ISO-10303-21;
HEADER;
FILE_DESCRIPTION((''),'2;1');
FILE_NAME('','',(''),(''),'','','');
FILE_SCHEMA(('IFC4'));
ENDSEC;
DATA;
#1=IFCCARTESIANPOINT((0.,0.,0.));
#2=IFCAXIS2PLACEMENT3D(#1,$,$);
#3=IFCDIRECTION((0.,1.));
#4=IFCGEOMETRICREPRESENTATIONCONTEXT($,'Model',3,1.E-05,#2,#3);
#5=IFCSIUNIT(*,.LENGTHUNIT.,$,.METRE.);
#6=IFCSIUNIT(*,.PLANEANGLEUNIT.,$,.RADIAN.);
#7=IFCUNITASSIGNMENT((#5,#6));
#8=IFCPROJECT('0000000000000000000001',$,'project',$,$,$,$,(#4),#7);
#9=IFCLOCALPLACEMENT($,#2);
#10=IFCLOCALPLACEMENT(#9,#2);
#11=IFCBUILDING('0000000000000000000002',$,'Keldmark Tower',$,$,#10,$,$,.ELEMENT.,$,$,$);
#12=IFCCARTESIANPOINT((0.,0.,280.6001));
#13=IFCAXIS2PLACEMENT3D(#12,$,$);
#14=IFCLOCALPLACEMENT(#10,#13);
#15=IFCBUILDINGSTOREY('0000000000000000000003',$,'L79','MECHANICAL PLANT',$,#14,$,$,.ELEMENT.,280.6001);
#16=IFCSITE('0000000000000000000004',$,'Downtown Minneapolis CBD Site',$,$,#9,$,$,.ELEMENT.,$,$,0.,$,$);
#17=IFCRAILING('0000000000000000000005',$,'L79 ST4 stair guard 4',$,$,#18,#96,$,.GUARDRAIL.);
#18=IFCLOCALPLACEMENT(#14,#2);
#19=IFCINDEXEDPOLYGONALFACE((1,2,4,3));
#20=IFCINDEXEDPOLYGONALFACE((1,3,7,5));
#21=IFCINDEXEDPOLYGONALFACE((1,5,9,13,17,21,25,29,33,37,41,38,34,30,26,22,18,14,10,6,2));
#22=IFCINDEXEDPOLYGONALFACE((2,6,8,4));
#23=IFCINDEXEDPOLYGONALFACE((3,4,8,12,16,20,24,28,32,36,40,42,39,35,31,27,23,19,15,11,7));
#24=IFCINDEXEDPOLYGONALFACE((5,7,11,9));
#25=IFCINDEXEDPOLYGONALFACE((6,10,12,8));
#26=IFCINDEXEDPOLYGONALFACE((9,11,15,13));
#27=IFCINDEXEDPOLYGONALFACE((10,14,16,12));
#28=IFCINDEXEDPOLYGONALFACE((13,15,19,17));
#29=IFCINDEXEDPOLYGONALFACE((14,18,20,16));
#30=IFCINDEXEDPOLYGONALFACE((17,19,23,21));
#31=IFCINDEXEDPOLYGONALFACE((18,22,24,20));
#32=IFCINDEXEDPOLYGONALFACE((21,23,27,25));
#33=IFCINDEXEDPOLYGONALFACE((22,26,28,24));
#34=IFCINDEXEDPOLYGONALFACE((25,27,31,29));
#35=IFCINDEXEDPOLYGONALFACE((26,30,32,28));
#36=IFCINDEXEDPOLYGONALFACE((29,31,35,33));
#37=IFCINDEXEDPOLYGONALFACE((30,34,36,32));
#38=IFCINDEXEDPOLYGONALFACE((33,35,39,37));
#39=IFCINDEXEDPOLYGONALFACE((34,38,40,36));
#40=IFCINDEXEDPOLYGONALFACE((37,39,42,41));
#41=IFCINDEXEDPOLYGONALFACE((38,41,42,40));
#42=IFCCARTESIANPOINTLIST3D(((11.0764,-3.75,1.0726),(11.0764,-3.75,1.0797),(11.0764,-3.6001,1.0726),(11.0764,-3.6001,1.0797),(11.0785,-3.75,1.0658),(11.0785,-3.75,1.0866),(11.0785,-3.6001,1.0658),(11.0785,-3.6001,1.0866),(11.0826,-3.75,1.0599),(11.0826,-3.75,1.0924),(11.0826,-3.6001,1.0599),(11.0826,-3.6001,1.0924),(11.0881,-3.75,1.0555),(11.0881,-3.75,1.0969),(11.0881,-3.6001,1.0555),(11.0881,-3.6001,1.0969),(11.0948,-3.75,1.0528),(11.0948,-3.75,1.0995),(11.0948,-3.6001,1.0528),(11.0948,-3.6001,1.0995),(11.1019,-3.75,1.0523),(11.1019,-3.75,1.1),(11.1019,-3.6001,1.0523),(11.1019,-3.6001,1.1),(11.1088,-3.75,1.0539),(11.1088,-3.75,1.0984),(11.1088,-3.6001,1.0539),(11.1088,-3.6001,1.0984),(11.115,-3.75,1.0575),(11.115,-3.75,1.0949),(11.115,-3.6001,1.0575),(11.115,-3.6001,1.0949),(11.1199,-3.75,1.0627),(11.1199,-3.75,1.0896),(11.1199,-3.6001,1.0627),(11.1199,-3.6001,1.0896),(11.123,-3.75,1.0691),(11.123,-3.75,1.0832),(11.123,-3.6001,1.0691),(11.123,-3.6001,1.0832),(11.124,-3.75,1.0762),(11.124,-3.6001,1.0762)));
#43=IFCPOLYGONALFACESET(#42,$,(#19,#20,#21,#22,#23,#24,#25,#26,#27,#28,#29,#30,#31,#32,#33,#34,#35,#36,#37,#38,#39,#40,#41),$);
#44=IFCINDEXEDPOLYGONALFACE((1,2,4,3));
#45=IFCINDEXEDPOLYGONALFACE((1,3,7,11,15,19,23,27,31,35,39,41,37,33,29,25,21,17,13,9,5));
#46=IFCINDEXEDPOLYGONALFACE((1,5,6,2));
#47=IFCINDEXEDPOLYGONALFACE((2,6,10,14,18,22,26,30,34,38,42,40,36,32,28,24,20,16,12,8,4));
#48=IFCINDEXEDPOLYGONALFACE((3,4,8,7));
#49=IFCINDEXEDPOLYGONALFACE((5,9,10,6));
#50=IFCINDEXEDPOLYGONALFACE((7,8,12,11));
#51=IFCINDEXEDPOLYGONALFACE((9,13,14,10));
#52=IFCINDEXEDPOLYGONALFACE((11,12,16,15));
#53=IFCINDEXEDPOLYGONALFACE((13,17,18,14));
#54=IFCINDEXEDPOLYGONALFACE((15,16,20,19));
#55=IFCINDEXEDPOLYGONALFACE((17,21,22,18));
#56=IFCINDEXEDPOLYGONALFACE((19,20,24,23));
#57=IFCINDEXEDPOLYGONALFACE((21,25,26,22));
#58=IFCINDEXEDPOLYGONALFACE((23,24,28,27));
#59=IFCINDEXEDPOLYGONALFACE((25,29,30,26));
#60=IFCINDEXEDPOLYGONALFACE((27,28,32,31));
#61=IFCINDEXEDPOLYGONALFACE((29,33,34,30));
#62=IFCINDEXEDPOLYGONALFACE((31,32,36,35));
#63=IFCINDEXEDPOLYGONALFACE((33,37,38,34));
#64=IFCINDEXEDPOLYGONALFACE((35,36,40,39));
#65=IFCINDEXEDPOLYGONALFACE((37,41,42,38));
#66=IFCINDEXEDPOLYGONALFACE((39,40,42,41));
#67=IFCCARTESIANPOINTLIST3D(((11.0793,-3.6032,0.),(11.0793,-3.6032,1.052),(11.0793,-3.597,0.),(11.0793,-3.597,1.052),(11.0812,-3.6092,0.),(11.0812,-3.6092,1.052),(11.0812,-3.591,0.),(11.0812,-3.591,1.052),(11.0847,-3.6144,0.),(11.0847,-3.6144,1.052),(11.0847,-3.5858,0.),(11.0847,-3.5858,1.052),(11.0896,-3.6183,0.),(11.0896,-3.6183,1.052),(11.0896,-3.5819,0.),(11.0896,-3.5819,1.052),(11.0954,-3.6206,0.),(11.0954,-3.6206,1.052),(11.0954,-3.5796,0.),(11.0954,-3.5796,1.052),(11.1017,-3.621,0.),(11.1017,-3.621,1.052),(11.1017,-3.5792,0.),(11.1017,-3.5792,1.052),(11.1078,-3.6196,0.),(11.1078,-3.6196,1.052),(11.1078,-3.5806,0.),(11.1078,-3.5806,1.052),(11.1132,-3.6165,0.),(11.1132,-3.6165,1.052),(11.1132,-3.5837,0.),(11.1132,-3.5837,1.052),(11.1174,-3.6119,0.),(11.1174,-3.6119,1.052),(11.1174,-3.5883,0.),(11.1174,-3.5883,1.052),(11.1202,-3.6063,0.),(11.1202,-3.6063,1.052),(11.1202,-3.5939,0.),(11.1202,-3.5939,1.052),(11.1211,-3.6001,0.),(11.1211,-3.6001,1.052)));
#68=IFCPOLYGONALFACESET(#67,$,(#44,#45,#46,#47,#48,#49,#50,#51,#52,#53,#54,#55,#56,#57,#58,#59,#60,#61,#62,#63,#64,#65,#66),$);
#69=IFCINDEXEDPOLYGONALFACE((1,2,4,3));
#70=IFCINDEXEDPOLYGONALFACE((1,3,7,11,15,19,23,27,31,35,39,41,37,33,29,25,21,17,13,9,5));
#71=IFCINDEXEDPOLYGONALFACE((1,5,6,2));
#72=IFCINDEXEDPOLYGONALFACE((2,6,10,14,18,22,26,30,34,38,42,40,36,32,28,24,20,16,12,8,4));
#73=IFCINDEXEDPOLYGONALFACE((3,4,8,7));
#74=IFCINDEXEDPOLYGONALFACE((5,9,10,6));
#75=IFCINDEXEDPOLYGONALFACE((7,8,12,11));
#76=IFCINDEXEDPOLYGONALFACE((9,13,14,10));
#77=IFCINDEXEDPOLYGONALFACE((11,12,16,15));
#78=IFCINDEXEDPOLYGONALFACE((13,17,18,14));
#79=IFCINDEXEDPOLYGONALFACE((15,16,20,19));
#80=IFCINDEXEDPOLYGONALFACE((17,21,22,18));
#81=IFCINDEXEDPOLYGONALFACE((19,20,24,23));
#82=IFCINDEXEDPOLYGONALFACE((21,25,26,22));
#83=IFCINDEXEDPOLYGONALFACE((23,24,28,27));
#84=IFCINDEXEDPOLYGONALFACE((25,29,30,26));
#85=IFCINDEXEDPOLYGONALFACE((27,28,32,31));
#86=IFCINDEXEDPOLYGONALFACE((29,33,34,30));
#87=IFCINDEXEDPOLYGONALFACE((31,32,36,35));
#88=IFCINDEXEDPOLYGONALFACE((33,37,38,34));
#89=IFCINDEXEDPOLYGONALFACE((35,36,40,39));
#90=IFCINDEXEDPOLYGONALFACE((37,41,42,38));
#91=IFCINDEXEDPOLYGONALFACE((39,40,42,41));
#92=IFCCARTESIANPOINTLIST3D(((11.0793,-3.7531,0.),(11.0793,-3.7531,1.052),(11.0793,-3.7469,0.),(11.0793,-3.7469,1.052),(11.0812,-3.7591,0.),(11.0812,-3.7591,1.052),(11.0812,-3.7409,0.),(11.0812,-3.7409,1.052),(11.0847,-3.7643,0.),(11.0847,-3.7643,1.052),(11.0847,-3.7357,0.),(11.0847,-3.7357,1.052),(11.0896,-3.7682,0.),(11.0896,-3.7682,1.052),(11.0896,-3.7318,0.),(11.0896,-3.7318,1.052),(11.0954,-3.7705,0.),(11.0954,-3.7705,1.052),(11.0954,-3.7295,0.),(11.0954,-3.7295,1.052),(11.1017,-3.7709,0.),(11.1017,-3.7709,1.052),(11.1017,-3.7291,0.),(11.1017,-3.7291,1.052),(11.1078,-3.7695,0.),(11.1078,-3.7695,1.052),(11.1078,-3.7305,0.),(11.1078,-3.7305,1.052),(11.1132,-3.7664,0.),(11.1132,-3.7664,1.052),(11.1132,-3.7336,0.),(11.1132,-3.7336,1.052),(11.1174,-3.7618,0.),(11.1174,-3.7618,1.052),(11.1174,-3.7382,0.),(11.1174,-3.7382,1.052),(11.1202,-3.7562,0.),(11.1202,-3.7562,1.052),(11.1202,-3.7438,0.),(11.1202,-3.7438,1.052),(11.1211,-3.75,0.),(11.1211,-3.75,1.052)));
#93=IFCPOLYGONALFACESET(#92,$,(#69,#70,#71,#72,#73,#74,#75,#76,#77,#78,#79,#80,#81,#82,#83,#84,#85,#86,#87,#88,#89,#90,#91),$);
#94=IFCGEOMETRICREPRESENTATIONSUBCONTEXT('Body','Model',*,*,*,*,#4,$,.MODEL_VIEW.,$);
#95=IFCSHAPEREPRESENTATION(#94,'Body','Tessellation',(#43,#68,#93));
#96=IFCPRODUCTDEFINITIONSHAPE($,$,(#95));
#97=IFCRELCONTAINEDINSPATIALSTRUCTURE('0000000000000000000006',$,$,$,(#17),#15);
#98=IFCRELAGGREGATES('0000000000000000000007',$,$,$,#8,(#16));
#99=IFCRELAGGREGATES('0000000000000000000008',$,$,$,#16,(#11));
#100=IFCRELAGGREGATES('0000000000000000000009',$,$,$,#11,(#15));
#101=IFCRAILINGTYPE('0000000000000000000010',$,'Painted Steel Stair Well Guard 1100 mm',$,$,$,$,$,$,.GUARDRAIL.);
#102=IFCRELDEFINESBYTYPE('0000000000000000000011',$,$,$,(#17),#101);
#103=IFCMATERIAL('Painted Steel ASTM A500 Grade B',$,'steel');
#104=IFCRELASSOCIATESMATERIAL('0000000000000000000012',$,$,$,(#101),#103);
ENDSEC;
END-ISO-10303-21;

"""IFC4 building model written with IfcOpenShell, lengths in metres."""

from ifc_helpers import new_model, si_unit, direction, frame, origin, origin_2d, place, context, subcontext, project, spatial, circle, extrude, material, type_object, element, save


model = new_model("IFC4")

# Units and contexts
model_context = context("Model", 3, precision=1e-05, world=origin(), true_north=direction((0.0, 1.0)))
body_context = subcontext(model_context, "Body", "Model", "MODEL_VIEW")
ifc_project = project(units=[si_unit("LENGTHUNIT", "METRE"), si_unit("PLANEANGLEUNIT", "RADIAN")], contexts=[model_context])

# Site, building, storey
site_placement = place(None, origin())
site = spatial("IfcSite", under=ifc_project, at=site_placement, Name="Downtown Minneapolis CBD Site", CompositionType="ELEMENT", RefElevation=0.0)
building_placement = place(site_placement, origin())
building = spatial("IfcBuilding", under=site, at=building_placement, Name="Keldmark Tower", CompositionType="ELEMENT")
storey_placement = place(building_placement, frame((0.0, 0.0, 280.6001)))
storey = spatial("IfcBuildingStorey", under=building, at=storey_placement, Name="L79", Description="MECHANICAL PLANT", CompositionType="ELEMENT", Elevation=280.6001)

# Railing
ifc_material_1 = material(Name="Painted Steel ASTM A500 Grade B", Category="steel")
railing_type = type_object("IfcRailingType", Name="Painted Steel Stair Well Guard 1100 mm", PredefinedType="GUARDRAIL", material=ifc_material_1)
railing_1_placement = place(storey_placement, frame((11.1001, -3.6001, 0.0)))
element("IfcRailing", 1, at=railing_1_placement, inside=storey, type_object=railing_type, Name="L79 ST4 stair guard 4", PredefinedType="GUARDRAIL", context=body_context, shape_type="SweptSolid", body=[
    extrude(circle(Radius=0.0239, at=origin_2d()), frame((0.0, 0.0, 1.0762), z_axis=(0.0, -1.0, 0.0), x_axis=(1.0, 0.0, 0.0)), (0.0, 0.0, 1.0), 0.1499),
    extrude(circle(Radius=0.021, at=origin_2d()), origin(), (0.0, 0.0, 1.0), 1.052),
    extrude(circle(Radius=0.021, at=origin_2d()), frame((0.0, -0.1499, 0.0)), (0.0, 0.0, 1.0), 1.052),
])

save(model, "model.ifc")
